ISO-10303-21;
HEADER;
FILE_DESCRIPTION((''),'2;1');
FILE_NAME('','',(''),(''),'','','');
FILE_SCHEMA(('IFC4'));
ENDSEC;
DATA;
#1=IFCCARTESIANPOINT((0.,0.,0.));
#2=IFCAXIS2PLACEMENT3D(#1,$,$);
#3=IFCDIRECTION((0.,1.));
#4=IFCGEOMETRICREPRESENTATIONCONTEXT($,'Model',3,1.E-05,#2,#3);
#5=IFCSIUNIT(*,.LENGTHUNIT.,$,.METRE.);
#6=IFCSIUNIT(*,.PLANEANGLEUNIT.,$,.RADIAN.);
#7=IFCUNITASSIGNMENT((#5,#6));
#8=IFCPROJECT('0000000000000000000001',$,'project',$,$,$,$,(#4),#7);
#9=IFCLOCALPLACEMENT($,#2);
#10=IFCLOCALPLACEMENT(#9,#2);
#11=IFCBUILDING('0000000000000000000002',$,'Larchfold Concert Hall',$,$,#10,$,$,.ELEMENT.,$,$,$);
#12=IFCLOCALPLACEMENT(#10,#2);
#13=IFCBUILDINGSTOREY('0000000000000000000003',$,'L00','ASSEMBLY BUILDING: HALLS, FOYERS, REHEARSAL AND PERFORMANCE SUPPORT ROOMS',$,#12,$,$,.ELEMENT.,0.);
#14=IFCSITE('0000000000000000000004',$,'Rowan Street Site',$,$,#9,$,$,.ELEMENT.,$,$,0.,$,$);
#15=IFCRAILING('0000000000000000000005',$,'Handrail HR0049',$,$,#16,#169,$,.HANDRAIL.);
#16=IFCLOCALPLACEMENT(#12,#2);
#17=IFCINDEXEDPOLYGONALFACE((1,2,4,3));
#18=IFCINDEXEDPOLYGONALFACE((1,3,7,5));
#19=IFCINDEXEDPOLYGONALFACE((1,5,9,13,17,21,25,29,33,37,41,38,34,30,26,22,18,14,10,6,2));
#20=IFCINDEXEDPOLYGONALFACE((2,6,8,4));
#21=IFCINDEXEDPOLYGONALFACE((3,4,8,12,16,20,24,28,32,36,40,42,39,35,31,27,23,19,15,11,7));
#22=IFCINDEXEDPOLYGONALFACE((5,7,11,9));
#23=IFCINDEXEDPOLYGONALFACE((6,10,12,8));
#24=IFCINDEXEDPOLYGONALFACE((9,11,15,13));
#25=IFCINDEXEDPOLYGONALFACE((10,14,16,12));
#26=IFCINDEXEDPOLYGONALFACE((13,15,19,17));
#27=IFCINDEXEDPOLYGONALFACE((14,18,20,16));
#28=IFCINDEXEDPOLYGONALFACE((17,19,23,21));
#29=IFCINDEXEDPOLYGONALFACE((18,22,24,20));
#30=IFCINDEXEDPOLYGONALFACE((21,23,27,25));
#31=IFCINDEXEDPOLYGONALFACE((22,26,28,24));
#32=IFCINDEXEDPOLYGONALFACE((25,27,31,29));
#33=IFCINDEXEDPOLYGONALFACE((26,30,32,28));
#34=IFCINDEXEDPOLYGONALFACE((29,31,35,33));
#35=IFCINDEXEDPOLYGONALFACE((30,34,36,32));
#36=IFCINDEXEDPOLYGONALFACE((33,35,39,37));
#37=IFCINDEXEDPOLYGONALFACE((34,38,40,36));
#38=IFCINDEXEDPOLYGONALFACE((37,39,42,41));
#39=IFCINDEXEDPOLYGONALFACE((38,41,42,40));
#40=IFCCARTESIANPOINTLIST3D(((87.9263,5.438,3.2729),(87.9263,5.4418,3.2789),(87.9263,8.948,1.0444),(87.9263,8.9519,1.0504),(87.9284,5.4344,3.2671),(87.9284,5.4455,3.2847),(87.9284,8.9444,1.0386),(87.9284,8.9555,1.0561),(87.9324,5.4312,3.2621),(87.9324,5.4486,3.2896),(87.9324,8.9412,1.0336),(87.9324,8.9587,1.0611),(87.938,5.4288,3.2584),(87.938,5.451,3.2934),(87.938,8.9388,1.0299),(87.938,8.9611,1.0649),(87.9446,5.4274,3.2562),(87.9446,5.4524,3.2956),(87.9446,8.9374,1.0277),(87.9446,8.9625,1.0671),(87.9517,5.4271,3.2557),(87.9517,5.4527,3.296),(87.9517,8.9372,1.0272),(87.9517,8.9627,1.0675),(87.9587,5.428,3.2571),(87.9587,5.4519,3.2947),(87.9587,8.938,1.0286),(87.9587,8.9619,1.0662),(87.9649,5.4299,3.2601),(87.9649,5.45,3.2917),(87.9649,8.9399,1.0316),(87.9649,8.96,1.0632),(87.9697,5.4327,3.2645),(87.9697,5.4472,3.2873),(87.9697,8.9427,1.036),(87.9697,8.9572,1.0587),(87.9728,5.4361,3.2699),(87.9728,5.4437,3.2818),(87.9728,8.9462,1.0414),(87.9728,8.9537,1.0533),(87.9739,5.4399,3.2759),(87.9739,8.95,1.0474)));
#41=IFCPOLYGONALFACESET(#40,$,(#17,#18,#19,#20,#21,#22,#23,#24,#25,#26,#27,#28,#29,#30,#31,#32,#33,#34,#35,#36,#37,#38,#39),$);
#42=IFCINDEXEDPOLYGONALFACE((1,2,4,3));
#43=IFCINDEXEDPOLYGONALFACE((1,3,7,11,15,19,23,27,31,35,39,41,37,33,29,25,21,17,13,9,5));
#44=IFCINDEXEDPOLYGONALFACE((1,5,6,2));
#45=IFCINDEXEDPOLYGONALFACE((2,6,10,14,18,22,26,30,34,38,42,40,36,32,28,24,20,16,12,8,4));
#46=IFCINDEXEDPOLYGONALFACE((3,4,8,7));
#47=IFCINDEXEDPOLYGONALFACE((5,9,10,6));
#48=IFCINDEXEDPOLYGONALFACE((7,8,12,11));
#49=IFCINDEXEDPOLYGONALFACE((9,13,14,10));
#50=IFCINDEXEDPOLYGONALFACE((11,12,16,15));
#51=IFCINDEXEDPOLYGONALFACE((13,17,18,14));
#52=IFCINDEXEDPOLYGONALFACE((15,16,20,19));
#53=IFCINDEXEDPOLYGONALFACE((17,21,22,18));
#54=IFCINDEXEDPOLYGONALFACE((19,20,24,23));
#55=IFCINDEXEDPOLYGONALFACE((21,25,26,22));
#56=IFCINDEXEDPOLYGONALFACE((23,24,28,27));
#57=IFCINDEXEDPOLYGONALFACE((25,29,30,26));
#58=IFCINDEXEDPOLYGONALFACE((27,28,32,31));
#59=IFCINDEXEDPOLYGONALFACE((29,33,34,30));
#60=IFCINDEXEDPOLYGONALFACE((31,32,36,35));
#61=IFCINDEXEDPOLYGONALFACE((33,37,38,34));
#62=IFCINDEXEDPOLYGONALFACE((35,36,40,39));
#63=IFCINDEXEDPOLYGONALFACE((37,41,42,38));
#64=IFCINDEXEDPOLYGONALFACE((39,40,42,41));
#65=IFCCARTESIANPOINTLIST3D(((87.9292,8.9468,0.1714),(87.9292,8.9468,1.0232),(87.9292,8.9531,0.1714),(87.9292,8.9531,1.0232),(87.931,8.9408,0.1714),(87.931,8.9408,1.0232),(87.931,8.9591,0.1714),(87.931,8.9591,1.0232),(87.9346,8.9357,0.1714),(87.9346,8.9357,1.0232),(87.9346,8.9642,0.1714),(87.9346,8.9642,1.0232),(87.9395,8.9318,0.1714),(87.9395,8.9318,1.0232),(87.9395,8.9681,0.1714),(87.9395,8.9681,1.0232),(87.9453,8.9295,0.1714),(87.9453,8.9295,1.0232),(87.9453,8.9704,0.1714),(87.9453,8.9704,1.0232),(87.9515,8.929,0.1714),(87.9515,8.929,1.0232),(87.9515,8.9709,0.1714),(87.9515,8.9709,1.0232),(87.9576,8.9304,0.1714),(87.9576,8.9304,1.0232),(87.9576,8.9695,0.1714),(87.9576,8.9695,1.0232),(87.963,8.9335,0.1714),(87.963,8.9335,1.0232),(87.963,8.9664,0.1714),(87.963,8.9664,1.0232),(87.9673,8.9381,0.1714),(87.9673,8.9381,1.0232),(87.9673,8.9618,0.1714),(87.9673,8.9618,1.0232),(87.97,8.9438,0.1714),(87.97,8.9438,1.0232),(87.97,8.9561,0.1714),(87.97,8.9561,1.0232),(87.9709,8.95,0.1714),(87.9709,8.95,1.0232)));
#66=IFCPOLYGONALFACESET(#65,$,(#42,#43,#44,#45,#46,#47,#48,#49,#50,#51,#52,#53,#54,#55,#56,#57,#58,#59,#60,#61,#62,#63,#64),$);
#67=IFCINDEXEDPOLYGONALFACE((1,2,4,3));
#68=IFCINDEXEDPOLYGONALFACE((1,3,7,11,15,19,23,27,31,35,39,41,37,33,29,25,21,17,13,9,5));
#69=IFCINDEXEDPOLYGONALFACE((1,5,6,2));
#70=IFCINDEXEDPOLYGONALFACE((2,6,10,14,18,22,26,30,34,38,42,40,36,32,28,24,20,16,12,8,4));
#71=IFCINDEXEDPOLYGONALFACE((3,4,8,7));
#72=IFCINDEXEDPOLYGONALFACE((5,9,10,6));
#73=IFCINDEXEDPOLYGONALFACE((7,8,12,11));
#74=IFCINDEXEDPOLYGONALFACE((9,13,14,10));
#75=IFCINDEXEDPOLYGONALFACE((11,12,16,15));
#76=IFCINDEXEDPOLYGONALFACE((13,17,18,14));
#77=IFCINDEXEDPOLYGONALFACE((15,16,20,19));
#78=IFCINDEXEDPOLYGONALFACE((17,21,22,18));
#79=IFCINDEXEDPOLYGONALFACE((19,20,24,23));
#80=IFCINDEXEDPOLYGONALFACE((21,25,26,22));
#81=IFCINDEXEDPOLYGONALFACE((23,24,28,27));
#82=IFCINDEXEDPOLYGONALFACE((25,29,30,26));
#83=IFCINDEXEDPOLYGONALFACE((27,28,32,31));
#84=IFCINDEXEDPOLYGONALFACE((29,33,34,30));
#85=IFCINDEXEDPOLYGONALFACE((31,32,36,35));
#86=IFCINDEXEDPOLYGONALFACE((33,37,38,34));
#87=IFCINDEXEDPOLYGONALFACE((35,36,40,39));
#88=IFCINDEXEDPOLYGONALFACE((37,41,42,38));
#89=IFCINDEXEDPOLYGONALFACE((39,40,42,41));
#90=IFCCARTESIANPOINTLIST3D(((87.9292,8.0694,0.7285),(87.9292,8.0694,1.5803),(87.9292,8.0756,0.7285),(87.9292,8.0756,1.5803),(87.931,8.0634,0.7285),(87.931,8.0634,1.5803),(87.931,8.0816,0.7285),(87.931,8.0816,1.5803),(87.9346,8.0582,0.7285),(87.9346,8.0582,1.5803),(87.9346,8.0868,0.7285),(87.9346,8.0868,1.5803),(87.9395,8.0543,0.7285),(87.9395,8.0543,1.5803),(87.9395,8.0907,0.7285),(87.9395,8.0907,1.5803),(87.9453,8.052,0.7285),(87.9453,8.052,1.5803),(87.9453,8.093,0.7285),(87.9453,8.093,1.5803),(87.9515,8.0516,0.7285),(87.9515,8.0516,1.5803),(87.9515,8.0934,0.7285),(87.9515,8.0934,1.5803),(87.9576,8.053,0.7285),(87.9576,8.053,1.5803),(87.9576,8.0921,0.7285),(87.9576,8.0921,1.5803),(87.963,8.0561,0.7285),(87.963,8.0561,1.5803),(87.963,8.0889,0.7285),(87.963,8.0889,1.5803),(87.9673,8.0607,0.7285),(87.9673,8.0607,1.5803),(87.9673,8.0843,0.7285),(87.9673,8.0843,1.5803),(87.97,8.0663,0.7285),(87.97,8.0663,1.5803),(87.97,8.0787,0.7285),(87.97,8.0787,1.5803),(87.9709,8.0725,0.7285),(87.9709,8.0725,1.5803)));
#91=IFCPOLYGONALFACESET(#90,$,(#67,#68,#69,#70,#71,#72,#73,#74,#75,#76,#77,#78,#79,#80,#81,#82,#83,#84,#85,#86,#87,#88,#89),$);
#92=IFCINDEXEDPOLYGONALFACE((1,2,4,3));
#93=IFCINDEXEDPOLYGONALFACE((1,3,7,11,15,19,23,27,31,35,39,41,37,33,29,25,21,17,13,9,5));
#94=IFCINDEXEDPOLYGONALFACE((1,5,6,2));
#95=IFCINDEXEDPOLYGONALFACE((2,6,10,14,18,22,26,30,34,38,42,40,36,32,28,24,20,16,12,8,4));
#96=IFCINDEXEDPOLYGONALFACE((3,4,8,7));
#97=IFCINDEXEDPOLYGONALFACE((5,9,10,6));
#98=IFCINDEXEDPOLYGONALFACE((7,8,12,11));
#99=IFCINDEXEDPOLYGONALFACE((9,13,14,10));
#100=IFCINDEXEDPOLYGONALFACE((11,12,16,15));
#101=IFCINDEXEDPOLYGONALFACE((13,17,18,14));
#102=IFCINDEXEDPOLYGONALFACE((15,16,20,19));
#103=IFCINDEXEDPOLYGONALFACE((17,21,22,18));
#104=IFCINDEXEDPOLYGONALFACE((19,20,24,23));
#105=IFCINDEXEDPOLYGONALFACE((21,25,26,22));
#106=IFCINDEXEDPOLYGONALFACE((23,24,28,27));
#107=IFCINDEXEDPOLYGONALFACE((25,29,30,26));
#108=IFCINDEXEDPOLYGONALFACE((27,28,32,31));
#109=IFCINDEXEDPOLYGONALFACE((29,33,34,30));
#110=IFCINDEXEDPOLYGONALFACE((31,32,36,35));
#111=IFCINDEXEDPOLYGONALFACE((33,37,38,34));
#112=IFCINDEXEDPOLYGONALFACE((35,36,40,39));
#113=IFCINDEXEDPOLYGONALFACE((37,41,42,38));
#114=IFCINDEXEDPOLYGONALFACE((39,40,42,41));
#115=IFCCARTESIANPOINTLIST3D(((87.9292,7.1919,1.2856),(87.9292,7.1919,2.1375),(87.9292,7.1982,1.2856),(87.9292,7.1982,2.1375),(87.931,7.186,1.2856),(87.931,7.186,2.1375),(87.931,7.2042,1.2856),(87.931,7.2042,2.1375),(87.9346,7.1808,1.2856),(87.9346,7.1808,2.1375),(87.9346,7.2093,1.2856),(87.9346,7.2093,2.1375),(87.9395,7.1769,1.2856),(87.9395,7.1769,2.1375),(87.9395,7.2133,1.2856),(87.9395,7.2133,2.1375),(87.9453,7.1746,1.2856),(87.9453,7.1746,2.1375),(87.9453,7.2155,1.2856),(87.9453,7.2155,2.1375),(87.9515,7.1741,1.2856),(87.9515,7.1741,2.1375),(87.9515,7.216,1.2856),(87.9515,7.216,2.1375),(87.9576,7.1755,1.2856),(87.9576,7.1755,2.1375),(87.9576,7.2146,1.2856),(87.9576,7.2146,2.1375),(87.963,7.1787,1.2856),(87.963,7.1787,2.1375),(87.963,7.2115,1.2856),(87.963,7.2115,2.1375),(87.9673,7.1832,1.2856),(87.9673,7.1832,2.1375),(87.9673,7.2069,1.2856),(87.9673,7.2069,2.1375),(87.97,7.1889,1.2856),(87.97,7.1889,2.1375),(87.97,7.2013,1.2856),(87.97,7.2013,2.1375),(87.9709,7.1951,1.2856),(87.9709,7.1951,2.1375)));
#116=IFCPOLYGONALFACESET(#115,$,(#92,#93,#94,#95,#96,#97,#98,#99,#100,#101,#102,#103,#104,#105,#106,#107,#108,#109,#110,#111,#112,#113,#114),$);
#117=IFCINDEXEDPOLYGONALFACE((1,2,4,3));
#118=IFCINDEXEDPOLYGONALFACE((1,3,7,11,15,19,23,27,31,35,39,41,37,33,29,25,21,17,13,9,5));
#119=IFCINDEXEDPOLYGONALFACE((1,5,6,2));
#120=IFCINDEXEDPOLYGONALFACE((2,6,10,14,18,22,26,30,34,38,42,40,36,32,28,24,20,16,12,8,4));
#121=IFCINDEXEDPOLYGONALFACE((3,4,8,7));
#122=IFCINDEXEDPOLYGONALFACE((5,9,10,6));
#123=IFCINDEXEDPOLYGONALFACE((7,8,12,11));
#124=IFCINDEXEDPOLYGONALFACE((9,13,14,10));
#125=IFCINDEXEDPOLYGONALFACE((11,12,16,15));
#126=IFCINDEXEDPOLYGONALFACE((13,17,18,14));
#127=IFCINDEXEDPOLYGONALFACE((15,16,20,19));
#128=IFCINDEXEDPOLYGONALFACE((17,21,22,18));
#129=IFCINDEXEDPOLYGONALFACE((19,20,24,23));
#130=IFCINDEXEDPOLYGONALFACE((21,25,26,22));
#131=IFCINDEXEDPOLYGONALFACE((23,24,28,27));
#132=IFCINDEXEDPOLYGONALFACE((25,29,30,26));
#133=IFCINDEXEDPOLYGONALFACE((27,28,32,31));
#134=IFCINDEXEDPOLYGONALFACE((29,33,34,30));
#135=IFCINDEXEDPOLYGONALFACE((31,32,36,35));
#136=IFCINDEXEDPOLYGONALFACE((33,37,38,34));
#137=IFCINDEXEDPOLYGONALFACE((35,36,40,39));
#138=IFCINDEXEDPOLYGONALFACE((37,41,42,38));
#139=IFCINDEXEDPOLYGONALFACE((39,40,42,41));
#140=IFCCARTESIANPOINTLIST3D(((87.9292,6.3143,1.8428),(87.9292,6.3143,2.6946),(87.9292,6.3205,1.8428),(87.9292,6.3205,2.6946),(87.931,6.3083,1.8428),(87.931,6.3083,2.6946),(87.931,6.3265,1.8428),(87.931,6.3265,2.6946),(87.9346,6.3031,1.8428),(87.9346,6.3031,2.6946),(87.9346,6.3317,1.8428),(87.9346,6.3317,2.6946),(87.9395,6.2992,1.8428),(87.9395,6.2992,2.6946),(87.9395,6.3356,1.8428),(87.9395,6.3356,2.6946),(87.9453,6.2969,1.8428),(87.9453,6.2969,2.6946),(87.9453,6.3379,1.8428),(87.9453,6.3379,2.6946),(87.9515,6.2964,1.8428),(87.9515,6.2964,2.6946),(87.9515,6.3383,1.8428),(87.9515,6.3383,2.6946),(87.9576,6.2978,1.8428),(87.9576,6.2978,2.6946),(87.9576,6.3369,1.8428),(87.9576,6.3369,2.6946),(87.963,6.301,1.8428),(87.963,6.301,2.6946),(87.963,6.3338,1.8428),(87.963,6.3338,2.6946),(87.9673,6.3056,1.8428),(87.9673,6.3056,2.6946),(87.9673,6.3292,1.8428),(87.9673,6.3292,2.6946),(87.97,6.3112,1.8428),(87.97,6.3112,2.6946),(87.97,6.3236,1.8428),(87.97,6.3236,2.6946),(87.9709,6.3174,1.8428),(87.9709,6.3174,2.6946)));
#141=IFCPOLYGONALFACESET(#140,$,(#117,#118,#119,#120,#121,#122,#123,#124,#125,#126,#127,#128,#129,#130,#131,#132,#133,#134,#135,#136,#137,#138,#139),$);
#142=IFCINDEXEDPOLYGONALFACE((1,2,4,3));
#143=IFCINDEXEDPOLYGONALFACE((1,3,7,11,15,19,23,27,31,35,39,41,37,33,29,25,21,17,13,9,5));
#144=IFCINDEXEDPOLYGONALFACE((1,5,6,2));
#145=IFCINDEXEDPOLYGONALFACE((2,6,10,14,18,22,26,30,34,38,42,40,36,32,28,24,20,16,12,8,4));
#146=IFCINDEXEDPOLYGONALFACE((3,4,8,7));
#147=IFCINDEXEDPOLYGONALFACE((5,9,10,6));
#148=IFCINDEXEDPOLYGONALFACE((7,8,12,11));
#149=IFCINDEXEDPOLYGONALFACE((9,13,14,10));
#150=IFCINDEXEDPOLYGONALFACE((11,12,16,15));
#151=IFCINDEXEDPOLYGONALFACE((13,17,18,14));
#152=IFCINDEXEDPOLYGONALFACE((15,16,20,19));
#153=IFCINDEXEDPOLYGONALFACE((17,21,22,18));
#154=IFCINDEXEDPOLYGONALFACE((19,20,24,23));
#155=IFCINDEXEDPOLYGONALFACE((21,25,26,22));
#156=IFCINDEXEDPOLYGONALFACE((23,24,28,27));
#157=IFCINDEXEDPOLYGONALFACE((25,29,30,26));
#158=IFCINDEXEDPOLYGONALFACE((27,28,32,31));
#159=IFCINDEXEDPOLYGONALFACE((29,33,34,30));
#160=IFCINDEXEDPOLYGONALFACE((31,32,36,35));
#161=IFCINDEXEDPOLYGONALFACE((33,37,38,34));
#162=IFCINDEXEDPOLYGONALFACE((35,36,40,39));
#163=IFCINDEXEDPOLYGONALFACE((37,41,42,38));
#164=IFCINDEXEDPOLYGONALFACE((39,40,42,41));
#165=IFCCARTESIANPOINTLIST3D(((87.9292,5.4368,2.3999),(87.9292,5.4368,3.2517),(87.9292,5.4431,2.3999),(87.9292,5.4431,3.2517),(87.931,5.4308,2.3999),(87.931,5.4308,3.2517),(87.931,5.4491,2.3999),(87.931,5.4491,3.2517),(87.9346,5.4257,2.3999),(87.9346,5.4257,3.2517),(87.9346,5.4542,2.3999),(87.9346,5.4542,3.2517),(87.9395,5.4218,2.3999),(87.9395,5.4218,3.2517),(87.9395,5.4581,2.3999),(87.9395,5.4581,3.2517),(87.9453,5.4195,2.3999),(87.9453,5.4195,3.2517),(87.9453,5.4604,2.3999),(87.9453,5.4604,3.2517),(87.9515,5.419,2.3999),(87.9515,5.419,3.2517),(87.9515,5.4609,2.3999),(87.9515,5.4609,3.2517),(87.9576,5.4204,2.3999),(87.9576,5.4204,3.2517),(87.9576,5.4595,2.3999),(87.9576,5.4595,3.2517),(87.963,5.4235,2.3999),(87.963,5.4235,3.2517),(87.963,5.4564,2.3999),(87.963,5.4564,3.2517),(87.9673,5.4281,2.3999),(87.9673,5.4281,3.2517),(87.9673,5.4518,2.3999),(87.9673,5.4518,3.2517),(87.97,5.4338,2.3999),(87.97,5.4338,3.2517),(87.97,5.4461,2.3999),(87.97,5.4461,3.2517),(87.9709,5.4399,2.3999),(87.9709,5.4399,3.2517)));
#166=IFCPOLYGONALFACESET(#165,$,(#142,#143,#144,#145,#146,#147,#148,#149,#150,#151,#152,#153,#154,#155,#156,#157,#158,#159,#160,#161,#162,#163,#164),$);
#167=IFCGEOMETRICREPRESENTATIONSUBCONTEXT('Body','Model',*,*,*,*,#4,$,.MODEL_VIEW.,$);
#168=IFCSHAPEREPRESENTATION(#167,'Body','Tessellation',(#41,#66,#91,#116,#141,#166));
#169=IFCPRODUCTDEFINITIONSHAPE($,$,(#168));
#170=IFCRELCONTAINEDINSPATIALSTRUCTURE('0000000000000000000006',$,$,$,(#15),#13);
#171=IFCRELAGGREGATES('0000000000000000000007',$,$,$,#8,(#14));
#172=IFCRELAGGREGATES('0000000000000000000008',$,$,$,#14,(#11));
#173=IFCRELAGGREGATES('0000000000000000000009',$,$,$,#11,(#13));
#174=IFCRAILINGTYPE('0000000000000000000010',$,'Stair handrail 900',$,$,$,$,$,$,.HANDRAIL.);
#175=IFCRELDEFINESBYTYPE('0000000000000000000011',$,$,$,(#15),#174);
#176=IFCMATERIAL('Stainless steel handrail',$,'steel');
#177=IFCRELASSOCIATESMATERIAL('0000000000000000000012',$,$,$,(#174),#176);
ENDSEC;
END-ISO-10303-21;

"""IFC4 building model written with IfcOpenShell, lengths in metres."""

from ifc_helpers import new_model, si_unit, direction, frame, origin, origin_2d, place, context, subcontext, project, spatial, circle, extrude, material, type_object, element, save


model = new_model("IFC4")

# Units and contexts
model_context = context("Model", 3, precision=1e-05, world=origin(), true_north=direction((0.0, 1.0)))
body_context = subcontext(model_context, "Body", "Model", "MODEL_VIEW")
ifc_project = project(units=[si_unit("LENGTHUNIT", "METRE"), si_unit("PLANEANGLEUNIT", "RADIAN")], contexts=[model_context])

# Site, building, storey
site_placement = place(None, origin())
site = spatial("IfcSite", under=ifc_project, at=site_placement, Name="Rowan Street Site", CompositionType="ELEMENT", RefElevation=0.0)
building_placement = place(site_placement, origin())
building = spatial("IfcBuilding", under=site, at=building_placement, Name="Larchfold Concert Hall", CompositionType="ELEMENT")
storey_placement = place(building_placement, origin())
storey = spatial("IfcBuildingStorey", under=building, at=storey_placement, Name="L00", Description="ASSEMBLY BUILDING: HALLS, FOYERS, REHEARSAL AND PERFORMANCE SUPPORT ROOMS", CompositionType="ELEMENT", Elevation=0.0)

# Railing
ifc_material_1 = material(Name="Stainless steel handrail", Category="steel")
railing_type_1 = type_object("IfcRailingType", Name="Stair handrail 900", PredefinedType="HANDRAIL", material=ifc_material_1)
railing_1_placement = place(storey_placement, frame((87.95, 8.95, 0.1714)))
element("IfcRailing", 1, at=railing_1_placement, inside=storey, type_object=railing_type_1, Name="Handrail HR0049", PredefinedType="HANDRAIL", context=body_context, shape_type="SweptSolid", body=[
    extrude(circle(Radius=0.0239, at=origin_2d()), frame((0.0, 0.0, 0.876), z_axis=(0.0, -0.84422, 0.535998), x_axis=(1.0, 0.0, 0.0)), (0.0, 0.0, 1.0), 4.1577),
    extrude(circle(Radius=0.021, at=origin_2d()), origin(), (0.0, 0.0, 1.0), 0.8518),
    extrude(circle(Radius=0.021, at=origin_2d()), frame((0.0, -0.8774, 0.5571)), (0.0, 0.0, 1.0), 0.8518),
    extrude(circle(Radius=0.021, at=origin_2d()), frame((0.0, -1.7549, 1.1143)), (0.0, 0.0, 1.0), 0.8518),
    extrude(circle(Radius=0.021, at=origin_2d()), frame((0.0, -2.6326, 1.6714)), (0.0, 0.0, 1.0), 0.8518),
    extrude(circle(Radius=0.021, at=origin_2d()), frame((0.0, -3.51, 2.2285)), (0.0, 0.0, 1.0), 0.8518),
])

save(model, "model.ifc")
